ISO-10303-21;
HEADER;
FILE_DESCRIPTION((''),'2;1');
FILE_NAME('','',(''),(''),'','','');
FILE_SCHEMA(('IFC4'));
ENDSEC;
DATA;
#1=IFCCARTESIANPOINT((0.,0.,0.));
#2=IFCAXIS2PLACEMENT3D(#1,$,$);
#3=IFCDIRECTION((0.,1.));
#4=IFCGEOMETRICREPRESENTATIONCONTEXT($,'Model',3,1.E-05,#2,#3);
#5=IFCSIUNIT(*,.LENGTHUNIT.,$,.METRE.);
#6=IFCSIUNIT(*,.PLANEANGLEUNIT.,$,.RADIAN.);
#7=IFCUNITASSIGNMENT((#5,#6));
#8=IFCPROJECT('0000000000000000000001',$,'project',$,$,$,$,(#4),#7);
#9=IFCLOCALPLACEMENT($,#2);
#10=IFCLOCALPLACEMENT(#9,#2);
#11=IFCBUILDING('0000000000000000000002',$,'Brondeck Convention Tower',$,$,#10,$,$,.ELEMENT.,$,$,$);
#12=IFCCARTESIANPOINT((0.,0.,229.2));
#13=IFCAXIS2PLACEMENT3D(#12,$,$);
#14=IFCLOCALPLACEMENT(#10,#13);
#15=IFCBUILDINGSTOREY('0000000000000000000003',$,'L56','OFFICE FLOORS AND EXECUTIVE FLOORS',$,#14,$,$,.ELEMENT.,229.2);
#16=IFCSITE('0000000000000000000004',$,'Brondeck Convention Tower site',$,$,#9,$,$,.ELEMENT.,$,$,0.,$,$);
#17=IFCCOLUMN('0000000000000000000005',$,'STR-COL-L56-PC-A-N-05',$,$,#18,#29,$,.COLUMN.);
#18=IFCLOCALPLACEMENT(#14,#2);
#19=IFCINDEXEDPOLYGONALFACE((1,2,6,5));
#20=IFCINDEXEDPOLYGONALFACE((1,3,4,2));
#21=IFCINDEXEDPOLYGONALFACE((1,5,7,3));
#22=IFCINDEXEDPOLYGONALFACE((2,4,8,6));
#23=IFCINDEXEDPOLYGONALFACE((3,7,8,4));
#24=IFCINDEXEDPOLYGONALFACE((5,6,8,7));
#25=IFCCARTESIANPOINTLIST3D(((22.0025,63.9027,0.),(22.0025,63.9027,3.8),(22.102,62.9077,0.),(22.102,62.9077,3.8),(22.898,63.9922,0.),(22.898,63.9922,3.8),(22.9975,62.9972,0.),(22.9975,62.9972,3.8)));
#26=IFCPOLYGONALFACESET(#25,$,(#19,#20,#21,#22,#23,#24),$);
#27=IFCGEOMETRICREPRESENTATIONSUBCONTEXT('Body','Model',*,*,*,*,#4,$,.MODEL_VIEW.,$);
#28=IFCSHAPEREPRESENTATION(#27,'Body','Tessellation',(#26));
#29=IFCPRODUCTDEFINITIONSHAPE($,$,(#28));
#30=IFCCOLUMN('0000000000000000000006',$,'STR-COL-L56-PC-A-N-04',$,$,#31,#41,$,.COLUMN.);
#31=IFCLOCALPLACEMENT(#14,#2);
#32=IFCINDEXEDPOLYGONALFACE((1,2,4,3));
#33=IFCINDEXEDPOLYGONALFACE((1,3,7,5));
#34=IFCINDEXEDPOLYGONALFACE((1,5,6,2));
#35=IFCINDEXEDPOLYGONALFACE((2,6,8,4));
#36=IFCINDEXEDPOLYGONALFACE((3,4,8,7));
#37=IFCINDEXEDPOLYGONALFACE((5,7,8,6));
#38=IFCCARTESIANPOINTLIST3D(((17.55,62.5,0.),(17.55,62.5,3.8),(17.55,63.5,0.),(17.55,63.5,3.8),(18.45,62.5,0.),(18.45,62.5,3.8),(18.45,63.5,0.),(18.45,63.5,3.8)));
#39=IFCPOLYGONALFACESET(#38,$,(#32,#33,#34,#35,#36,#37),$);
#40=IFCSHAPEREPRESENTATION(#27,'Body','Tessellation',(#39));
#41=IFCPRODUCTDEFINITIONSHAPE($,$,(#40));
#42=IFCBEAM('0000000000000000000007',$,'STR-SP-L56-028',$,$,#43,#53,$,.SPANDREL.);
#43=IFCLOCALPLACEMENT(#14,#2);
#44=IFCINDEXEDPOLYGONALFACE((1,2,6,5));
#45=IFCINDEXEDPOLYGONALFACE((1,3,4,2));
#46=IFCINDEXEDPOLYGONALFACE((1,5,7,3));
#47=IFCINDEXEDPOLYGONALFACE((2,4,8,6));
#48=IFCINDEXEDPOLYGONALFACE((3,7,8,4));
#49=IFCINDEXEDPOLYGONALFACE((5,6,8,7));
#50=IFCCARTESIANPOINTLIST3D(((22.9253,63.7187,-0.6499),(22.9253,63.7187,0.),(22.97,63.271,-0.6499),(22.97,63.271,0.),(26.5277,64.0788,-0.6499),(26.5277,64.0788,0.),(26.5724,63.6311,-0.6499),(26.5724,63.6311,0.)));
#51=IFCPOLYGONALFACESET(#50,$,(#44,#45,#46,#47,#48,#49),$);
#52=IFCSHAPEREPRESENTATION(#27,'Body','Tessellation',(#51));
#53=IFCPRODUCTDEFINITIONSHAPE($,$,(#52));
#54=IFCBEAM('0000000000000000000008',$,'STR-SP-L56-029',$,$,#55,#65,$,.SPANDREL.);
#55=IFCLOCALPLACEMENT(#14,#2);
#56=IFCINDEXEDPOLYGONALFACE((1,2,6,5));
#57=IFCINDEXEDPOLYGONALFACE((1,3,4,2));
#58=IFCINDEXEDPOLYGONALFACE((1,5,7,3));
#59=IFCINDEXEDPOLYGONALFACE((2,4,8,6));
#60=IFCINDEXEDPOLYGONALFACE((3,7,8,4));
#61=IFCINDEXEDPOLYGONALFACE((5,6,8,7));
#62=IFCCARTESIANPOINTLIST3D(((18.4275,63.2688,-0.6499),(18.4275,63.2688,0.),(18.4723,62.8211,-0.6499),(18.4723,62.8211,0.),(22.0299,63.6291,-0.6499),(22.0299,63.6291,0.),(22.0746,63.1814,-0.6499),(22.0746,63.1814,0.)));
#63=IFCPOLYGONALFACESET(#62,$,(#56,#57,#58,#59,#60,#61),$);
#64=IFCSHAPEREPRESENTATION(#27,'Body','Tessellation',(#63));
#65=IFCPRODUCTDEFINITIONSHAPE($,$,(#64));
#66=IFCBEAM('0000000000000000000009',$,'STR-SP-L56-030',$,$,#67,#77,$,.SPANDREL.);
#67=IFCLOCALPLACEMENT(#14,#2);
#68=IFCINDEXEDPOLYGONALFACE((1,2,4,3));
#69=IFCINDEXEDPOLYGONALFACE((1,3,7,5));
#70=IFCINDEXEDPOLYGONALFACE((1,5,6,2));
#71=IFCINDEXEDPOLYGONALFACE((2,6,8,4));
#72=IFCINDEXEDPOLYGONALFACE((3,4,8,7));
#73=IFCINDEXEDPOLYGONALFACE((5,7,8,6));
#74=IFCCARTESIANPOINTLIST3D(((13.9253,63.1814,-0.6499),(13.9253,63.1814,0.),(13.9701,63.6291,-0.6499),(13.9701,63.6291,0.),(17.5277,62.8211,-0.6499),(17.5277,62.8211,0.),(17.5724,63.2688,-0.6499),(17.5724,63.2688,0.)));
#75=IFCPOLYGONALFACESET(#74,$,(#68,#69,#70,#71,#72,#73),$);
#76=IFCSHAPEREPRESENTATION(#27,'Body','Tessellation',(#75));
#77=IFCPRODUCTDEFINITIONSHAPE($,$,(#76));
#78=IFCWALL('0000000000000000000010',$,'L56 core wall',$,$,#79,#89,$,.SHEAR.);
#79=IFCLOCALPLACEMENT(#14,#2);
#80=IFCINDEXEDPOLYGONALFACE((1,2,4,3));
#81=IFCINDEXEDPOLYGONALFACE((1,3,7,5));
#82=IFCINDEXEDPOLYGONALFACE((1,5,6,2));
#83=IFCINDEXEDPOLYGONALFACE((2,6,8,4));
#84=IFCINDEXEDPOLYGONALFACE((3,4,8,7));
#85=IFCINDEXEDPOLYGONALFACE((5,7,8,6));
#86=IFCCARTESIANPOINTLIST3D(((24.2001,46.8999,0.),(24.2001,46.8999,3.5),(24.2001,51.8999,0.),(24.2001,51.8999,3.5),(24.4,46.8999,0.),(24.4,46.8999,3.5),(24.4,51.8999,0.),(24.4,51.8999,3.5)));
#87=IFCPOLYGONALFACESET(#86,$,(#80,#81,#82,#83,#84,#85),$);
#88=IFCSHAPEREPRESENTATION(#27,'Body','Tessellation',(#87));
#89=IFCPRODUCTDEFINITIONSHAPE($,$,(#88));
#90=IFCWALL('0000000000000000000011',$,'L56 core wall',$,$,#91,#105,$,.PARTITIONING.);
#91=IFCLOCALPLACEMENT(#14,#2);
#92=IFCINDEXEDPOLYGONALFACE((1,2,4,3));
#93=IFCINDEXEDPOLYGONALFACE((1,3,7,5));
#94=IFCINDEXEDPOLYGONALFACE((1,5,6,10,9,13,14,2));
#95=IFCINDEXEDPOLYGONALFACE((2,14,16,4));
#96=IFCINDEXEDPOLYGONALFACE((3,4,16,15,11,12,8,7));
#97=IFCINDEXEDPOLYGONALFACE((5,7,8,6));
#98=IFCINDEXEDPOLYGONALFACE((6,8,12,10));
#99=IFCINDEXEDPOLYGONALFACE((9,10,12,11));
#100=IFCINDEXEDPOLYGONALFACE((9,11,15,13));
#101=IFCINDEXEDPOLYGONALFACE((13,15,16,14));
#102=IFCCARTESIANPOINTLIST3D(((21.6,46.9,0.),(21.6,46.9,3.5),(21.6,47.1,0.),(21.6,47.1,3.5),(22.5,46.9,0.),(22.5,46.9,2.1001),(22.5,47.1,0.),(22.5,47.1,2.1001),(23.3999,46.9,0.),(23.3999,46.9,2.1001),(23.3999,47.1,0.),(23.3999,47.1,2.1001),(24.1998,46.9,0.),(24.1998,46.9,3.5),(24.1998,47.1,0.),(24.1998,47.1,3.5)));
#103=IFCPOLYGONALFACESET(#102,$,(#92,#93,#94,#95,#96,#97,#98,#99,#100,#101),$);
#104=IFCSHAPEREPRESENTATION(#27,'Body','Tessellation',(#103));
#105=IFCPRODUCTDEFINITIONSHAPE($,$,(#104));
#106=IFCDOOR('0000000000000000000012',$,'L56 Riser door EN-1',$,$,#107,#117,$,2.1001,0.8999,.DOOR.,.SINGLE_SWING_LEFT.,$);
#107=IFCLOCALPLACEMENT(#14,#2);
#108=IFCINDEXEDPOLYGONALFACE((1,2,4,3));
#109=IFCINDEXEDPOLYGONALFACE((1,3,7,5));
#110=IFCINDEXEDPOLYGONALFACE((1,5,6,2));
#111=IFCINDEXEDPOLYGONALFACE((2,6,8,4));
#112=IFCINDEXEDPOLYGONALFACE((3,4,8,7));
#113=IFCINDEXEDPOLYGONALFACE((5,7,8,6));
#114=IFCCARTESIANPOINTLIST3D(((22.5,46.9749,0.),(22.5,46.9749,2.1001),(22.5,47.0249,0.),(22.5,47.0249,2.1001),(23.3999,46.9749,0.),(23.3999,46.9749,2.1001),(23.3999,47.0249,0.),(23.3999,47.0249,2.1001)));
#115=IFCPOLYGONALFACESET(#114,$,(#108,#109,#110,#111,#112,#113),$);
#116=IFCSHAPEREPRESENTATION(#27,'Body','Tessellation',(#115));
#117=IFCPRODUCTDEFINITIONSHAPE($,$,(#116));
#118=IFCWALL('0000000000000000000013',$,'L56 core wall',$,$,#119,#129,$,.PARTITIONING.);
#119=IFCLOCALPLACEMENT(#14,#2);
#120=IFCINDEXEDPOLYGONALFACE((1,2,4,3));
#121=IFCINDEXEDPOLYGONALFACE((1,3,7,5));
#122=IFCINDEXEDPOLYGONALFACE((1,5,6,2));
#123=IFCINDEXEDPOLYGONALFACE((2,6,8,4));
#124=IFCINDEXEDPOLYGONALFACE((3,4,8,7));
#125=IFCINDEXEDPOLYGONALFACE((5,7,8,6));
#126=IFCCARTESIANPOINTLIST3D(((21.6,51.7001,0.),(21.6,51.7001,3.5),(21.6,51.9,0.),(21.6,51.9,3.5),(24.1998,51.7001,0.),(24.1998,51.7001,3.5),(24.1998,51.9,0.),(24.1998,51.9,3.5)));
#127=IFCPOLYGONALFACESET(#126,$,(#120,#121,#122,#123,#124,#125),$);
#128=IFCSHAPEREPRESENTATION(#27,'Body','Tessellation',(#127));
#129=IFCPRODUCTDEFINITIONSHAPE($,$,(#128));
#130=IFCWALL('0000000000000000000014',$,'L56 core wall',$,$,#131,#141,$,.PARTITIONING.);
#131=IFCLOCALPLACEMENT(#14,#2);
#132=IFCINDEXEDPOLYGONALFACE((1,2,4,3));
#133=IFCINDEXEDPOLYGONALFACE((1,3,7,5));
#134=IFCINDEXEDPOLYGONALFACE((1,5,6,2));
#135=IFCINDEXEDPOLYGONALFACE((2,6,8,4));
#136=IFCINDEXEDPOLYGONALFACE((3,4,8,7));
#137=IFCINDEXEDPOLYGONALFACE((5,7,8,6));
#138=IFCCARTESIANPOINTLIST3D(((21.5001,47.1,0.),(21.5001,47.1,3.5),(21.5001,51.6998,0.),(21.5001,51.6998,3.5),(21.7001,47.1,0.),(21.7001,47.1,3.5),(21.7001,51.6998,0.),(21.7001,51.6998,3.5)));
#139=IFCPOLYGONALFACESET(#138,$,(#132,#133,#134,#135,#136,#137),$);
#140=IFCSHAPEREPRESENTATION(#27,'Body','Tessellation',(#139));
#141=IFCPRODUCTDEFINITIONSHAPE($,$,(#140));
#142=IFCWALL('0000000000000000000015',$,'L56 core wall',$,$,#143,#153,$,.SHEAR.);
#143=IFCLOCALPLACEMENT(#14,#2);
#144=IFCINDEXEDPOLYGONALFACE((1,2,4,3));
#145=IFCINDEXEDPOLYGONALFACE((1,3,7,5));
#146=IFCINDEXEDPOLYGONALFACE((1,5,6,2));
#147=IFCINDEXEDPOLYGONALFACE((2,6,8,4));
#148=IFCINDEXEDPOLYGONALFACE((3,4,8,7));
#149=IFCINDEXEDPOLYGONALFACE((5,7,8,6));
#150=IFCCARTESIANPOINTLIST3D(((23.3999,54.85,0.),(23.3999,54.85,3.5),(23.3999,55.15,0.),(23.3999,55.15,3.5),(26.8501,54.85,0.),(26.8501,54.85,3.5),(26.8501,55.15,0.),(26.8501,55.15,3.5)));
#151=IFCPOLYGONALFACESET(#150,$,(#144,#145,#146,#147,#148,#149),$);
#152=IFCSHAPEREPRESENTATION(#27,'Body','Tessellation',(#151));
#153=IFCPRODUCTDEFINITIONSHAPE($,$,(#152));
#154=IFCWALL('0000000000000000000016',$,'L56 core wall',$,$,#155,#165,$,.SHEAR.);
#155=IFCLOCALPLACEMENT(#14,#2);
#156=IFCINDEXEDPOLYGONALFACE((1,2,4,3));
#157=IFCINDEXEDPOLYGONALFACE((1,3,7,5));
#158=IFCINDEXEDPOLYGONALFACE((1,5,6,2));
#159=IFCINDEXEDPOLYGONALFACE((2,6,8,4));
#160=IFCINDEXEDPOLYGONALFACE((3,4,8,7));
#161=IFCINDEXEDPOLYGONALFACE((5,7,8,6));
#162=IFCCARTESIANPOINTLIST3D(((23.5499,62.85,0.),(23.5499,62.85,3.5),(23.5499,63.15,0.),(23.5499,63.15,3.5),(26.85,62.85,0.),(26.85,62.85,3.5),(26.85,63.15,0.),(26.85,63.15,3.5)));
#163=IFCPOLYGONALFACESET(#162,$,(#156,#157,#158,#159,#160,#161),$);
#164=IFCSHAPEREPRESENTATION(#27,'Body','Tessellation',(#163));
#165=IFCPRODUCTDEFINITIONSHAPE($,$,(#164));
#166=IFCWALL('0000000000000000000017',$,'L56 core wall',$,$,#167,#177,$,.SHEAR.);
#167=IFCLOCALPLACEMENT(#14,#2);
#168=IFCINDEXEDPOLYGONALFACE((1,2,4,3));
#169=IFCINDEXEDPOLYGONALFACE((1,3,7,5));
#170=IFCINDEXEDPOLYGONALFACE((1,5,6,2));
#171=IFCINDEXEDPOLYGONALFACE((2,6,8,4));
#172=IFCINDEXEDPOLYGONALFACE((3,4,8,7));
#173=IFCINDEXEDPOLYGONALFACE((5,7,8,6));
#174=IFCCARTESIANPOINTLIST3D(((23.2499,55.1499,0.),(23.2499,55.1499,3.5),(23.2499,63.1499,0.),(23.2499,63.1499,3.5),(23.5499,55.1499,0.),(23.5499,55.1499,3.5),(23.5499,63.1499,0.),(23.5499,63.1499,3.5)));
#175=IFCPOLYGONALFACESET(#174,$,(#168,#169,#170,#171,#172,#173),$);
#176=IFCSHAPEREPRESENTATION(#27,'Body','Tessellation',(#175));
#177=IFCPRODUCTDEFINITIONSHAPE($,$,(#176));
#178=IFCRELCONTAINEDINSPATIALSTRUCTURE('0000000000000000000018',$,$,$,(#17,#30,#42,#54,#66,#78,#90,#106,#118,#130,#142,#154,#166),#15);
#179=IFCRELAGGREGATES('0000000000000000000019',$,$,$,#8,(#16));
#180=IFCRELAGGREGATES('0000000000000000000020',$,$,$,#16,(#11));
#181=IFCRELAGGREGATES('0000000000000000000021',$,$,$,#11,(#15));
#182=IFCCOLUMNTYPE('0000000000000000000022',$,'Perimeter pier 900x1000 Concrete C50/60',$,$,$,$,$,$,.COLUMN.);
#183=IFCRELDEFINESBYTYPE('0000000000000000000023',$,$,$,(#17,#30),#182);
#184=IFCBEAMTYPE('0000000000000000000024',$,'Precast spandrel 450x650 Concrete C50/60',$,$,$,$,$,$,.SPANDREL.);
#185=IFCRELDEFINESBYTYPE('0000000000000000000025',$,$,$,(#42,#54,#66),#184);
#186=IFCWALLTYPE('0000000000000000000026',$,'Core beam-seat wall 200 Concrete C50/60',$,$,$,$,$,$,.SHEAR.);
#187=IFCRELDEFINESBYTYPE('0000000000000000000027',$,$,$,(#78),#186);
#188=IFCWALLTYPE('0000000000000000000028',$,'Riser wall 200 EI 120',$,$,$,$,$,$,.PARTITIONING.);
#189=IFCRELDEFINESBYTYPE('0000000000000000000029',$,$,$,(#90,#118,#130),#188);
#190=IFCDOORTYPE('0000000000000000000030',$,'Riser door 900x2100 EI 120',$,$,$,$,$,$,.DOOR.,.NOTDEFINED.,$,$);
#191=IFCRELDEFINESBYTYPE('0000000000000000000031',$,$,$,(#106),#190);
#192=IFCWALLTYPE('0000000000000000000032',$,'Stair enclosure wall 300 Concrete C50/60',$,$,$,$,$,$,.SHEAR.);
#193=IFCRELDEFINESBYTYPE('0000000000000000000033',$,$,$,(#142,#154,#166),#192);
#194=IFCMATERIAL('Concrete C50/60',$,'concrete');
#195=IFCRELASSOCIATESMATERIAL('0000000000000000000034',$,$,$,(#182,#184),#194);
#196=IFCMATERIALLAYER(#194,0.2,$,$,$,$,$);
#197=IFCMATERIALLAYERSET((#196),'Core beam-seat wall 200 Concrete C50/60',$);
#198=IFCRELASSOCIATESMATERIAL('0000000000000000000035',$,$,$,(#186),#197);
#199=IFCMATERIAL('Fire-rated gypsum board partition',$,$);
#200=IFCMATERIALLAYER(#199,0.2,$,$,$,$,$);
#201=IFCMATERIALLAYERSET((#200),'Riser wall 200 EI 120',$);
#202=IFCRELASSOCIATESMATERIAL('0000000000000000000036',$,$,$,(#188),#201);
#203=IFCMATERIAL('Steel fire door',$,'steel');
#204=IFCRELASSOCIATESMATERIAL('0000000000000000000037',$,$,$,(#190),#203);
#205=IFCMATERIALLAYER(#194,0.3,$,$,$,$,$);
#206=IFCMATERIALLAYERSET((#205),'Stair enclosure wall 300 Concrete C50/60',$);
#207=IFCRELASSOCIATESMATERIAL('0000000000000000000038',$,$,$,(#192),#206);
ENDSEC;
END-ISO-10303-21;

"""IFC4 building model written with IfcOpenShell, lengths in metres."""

from ifc_helpers import new_model, si_unit, direction, frame, frame_2d, origin, origin_2d, place, context, subcontext, project, spatial, rectangle, extrude, material, layer, layer_set, material_profile, profile_set, type_object, element, fill, save


model = new_model("IFC4")

# Units and contexts
model_context = context("Model", 3, precision=1e-05, world=origin(), true_north=direction((0.0, 1.0)))
body_context = subcontext(model_context, "Body", "Model", "MODEL_VIEW")
ifc_project = project(units=[si_unit("LENGTHUNIT", "METRE"), si_unit("PLANEANGLEUNIT", "RADIAN")], contexts=[model_context])

# Site, building, storey
site_placement = place(None, origin())
site = spatial("IfcSite", under=ifc_project, at=site_placement, Name="Brondeck Convention Tower site", CompositionType="ELEMENT", RefElevation=0.0)
building_placement = place(site_placement, origin())
building = spatial("IfcBuilding", under=site, at=building_placement, Name="Brondeck Convention Tower", CompositionType="ELEMENT")
storey_placement = place(building_placement, frame((0.0, 0.0, 229.2)))
storey = spatial("IfcBuildingStorey", under=building, at=storey_placement, Name="L56", Description="OFFICE FLOORS AND EXECUTIVE FLOORS", CompositionType="ELEMENT", Elevation=229.2)

# Columns
ifc_material_1 = material(Name="Concrete C50/60", Category="concrete")
ifc_material_profile_1 = material_profile(ifc_material_1, rectangle(XDim=0.8999, YDim=1.0, at=origin_2d()), Name="Perimeter pier 900x1000 Concrete C50/60")
ifc_profile_set_1 = profile_set([ifc_material_profile_1], Name="Concrete C50/60")
column_type = type_object("IfcColumnType", Name="Perimeter pier 900x1000 Concrete C50/60", PredefinedType="COLUMN", material=ifc_profile_set_1)
for number, where, z_axis, x_axis, name in (
    (1, (22.5, 63.45, 0.0), (0.0, 0.0, 1.0), (-0.995037, -0.099504, 0.0), "STR-COL-L56-PC-A-N-05"),
    (2, (18.0, 63.0, 0.0), (0.0, 0.0, 1.0), (-1.0, 0.0, 0.0), "STR-COL-L56-PC-A-N-04"),
):
    element("IfcColumn", number, at=place(storey_placement, frame(where, z_axis=z_axis, x_axis=x_axis)), inside=storey, type_object=column_type, Name=name, PredefinedType="COLUMN", context=body_context, shape_type="SweptSolid", body=[
        extrude(rectangle(XDim=0.8999, YDim=1.0, at=origin_2d()), origin(), (0.0, 0.0, 1.0), 3.8),
    ])

# Beams
ifc_material_profile_2 = material_profile(ifc_material_1, rectangle(XDim=0.45, YDim=0.6499, at=origin_2d()), Name="Precast spandrel 450x650 Concrete C50/60")
ifc_profile_set_2 = profile_set([ifc_material_profile_2], Name="Concrete C50/60")
beam_type = type_object("IfcBeamType", Name="Precast spandrel 450x650 Concrete C50/60", PredefinedType="SPANDREL", material=ifc_profile_set_2)
for number, where, z_axis, x_axis, name in (
    (3, (26.55, 63.855, -0.325), (-0.995041, -0.09947, 0.0), (0.09947, -0.995041, 0.0), "STR-SP-L56-028"),
    (4, (22.0522, 63.4053, -0.325), (-0.995034, -0.099537, 0.0), (0.099537, -0.995034, 0.0), "STR-SP-L56-029"),
    (5, (17.55, 63.0449, -0.325), (-0.995034, 0.099537, 0.0), (-0.099537, -0.995034, 0.0), "STR-SP-L56-030"),
):
    element("IfcBeam", number, at=place(storey_placement, frame(where, z_axis=z_axis, x_axis=x_axis)), inside=storey, type_object=beam_type, Name=name, PredefinedType="SPANDREL", context=body_context, shape_type="SweptSolid", body=[
        extrude(rectangle(XDim=0.45, YDim=0.6499, at=origin_2d()), origin(), (0.0, 0.0, 1.0), 3.6204),
    ])

# Wall
ifc_layer_1 = layer(ifc_material_1, 0.2)
ifc_layer_set_1 = layer_set([ifc_layer_1], Name="Core beam-seat wall 200 Concrete C50/60")
wall_type_1 = type_object("IfcWallType", Name="Core beam-seat wall 200 Concrete C50/60", PredefinedType="SHEAR", material=ifc_layer_set_1)
wall_1_placement = place(storey_placement, frame((24.3, 46.8999, 0.0), z_axis=(0.0, 0.0, 1.0), x_axis=(0.0, 1.0, 0.0)))
element("IfcWall", 6, at=wall_1_placement, inside=storey, type_object=wall_type_1, Name="L56 core wall", PredefinedType="SHEAR", context=body_context, shape_type="SweptSolid", body=[
    extrude(rectangle(XDim=5.0, YDim=0.2, at=frame_2d((2.5, 0.0))), origin(), (0.0, 0.0, 1.0), 3.5),
])

# Wall, opening, door
ifc_material_2 = material(Name="Fire-rated gypsum board partition")
ifc_layer_2 = layer(ifc_material_2, 0.2)
ifc_layer_set_2 = layer_set([ifc_layer_2], Name="Riser wall 200 EI 120")
wall_type_2 = type_object("IfcWallType", Name="Riser wall 200 EI 120", PredefinedType="PARTITIONING", material=ifc_layer_set_2)
wall_2_placement = place(storey_placement, frame((21.6001, 47.0, 0.0), z_axis=(0.0, 0.0, 1.0), x_axis=(1.0, 0.0, 0.0)))
wall_2 = element("IfcWall", 7, at=wall_2_placement, inside=storey, type_object=wall_type_2, Name="L56 core wall", PredefinedType="PARTITIONING", context=body_context, shape_type="SweptSolid", body=[
    extrude(rectangle(XDim=2.5999, YDim=0.2, at=frame_2d((1.2998, 0.0))), origin(), (0.0, 0.0, 1.0), 3.5),
])
opening_1_placement = place(wall_2_placement, frame((0.8999, 0.0, 0.0)))
opening_1 = element("IfcOpeningElement", 8, at=opening_1_placement, cuts=wall_2, PredefinedType="OPENING", context=body_context, shape_type="SweptSolid", body=[
    extrude(rectangle(XDim=0.8999, YDim=2.1001, at=frame_2d((0.45, 1.05))), frame((0.0, 0.1099, 0.0), z_axis=(0.0, -1.0, 0.0), x_axis=(1.0, 0.0, 0.0)), (0.0, 0.0, 1.0), 0.22),
])
ifc_material_3 = material(Name="Steel fire door", Category="steel")
door_type_1 = type_object("IfcDoorType", Name="Riser door 900x2100 EI 120", OperationType="NOTDEFINED", PredefinedType="DOOR", material=ifc_material_3)
door_1_placement = place(opening_1_placement, origin())
door_1 = element("IfcDoor", 9, at=door_1_placement, inside=storey, type_object=door_type_1, Name="L56 Riser door EN-1", OperationType="SINGLE_SWING_LEFT", OverallHeight=2.1001, OverallWidth=0.8999, PredefinedType="DOOR", context=body_context, shape_type="SweptSolid", body=[
    extrude(rectangle(XDim=0.8999, YDim=2.1001, at=frame_2d((0.45, 1.05))), frame((0.0, 0.0249, 0.0), z_axis=(0.0, -1.0, 0.0), x_axis=(1.0, 0.0, 0.0)), (0.0, 0.0, 1.0), 0.05),
])
fill(opening_1, door_1)

# Walls
wall_3_placement = place(storey_placement, frame((21.6001, 51.8, 0.0), z_axis=(0.0, 0.0, 1.0), x_axis=(1.0, 0.0, 0.0)))
element("IfcWall", 10, at=wall_3_placement, inside=storey, type_object=wall_type_2, Name="L56 core wall", PredefinedType="PARTITIONING", context=body_context, shape_type="SweptSolid", body=[
    extrude(rectangle(XDim=2.5999, YDim=0.2, at=frame_2d((1.2998, 0.0))), origin(), (0.0, 0.0, 1.0), 3.5),
])
wall_4_placement = place(storey_placement, frame((21.6001, 47.1001, 0.0), z_axis=(0.0, 0.0, 1.0), x_axis=(0.0, 1.0, 0.0)))
element("IfcWall", 11, at=wall_4_placement, inside=storey, type_object=wall_type_2, Name="L56 core wall", PredefinedType="PARTITIONING", context=body_context, shape_type="SweptSolid", body=[
    extrude(rectangle(XDim=4.5999, YDim=0.2, at=frame_2d((2.2998, 0.0))), origin(), (0.0, 0.0, 1.0), 3.5),
])
ifc_layer_3 = layer(ifc_material_1, 0.3)
ifc_layer_set_3 = layer_set([ifc_layer_3], Name="Stair enclosure wall 300 Concrete C50/60")
wall_type_3 = type_object("IfcWallType", Name="Stair enclosure wall 300 Concrete C50/60", PredefinedType="SHEAR", material=ifc_layer_set_3)
wall_5_placement = place(storey_placement, frame((23.3999, 55.0, 0.0), z_axis=(0.0, 0.0, 1.0), x_axis=(1.0, 0.0, 0.0)))
element("IfcWall", 12, at=wall_5_placement, inside=storey, type_object=wall_type_3, Name="L56 core wall", PredefinedType="SHEAR", context=body_context, shape_type="SweptSolid", body=[
    extrude(rectangle(XDim=3.4502, YDim=0.3, at=frame_2d((1.7251, 0.0))), origin(), (0.0, 0.0, 1.0), 3.5),
])
wall_6_placement = place(storey_placement, frame((23.55, 63.0, 0.0), z_axis=(0.0, 0.0, 1.0), x_axis=(1.0, 0.0, 0.0)))
element("IfcWall", 13, at=wall_6_placement, inside=storey, type_object=wall_type_3, Name="L56 core wall", PredefinedType="SHEAR", context=body_context, shape_type="SweptSolid", body=[
    extrude(rectangle(XDim=3.3, YDim=0.3, at=frame_2d((1.6499, 0.0))), origin(), (0.0, 0.0, 1.0), 3.5),
])
wall_7_placement = place(storey_placement, frame((23.3999, 55.1499, 0.0), z_axis=(0.0, 0.0, 1.0), x_axis=(0.0, 1.0, 0.0)))
element("IfcWall", 14, at=wall_7_placement, inside=storey, type_object=wall_type_3, Name="L56 core wall", PredefinedType="SHEAR", context=body_context, shape_type="SweptSolid", body=[
    extrude(rectangle(XDim=8.0, YDim=0.3, at=frame_2d((4.0, 0.0))), origin(), (0.0, 0.0, 1.0), 3.5),
])

save(model, "model.ifc")
